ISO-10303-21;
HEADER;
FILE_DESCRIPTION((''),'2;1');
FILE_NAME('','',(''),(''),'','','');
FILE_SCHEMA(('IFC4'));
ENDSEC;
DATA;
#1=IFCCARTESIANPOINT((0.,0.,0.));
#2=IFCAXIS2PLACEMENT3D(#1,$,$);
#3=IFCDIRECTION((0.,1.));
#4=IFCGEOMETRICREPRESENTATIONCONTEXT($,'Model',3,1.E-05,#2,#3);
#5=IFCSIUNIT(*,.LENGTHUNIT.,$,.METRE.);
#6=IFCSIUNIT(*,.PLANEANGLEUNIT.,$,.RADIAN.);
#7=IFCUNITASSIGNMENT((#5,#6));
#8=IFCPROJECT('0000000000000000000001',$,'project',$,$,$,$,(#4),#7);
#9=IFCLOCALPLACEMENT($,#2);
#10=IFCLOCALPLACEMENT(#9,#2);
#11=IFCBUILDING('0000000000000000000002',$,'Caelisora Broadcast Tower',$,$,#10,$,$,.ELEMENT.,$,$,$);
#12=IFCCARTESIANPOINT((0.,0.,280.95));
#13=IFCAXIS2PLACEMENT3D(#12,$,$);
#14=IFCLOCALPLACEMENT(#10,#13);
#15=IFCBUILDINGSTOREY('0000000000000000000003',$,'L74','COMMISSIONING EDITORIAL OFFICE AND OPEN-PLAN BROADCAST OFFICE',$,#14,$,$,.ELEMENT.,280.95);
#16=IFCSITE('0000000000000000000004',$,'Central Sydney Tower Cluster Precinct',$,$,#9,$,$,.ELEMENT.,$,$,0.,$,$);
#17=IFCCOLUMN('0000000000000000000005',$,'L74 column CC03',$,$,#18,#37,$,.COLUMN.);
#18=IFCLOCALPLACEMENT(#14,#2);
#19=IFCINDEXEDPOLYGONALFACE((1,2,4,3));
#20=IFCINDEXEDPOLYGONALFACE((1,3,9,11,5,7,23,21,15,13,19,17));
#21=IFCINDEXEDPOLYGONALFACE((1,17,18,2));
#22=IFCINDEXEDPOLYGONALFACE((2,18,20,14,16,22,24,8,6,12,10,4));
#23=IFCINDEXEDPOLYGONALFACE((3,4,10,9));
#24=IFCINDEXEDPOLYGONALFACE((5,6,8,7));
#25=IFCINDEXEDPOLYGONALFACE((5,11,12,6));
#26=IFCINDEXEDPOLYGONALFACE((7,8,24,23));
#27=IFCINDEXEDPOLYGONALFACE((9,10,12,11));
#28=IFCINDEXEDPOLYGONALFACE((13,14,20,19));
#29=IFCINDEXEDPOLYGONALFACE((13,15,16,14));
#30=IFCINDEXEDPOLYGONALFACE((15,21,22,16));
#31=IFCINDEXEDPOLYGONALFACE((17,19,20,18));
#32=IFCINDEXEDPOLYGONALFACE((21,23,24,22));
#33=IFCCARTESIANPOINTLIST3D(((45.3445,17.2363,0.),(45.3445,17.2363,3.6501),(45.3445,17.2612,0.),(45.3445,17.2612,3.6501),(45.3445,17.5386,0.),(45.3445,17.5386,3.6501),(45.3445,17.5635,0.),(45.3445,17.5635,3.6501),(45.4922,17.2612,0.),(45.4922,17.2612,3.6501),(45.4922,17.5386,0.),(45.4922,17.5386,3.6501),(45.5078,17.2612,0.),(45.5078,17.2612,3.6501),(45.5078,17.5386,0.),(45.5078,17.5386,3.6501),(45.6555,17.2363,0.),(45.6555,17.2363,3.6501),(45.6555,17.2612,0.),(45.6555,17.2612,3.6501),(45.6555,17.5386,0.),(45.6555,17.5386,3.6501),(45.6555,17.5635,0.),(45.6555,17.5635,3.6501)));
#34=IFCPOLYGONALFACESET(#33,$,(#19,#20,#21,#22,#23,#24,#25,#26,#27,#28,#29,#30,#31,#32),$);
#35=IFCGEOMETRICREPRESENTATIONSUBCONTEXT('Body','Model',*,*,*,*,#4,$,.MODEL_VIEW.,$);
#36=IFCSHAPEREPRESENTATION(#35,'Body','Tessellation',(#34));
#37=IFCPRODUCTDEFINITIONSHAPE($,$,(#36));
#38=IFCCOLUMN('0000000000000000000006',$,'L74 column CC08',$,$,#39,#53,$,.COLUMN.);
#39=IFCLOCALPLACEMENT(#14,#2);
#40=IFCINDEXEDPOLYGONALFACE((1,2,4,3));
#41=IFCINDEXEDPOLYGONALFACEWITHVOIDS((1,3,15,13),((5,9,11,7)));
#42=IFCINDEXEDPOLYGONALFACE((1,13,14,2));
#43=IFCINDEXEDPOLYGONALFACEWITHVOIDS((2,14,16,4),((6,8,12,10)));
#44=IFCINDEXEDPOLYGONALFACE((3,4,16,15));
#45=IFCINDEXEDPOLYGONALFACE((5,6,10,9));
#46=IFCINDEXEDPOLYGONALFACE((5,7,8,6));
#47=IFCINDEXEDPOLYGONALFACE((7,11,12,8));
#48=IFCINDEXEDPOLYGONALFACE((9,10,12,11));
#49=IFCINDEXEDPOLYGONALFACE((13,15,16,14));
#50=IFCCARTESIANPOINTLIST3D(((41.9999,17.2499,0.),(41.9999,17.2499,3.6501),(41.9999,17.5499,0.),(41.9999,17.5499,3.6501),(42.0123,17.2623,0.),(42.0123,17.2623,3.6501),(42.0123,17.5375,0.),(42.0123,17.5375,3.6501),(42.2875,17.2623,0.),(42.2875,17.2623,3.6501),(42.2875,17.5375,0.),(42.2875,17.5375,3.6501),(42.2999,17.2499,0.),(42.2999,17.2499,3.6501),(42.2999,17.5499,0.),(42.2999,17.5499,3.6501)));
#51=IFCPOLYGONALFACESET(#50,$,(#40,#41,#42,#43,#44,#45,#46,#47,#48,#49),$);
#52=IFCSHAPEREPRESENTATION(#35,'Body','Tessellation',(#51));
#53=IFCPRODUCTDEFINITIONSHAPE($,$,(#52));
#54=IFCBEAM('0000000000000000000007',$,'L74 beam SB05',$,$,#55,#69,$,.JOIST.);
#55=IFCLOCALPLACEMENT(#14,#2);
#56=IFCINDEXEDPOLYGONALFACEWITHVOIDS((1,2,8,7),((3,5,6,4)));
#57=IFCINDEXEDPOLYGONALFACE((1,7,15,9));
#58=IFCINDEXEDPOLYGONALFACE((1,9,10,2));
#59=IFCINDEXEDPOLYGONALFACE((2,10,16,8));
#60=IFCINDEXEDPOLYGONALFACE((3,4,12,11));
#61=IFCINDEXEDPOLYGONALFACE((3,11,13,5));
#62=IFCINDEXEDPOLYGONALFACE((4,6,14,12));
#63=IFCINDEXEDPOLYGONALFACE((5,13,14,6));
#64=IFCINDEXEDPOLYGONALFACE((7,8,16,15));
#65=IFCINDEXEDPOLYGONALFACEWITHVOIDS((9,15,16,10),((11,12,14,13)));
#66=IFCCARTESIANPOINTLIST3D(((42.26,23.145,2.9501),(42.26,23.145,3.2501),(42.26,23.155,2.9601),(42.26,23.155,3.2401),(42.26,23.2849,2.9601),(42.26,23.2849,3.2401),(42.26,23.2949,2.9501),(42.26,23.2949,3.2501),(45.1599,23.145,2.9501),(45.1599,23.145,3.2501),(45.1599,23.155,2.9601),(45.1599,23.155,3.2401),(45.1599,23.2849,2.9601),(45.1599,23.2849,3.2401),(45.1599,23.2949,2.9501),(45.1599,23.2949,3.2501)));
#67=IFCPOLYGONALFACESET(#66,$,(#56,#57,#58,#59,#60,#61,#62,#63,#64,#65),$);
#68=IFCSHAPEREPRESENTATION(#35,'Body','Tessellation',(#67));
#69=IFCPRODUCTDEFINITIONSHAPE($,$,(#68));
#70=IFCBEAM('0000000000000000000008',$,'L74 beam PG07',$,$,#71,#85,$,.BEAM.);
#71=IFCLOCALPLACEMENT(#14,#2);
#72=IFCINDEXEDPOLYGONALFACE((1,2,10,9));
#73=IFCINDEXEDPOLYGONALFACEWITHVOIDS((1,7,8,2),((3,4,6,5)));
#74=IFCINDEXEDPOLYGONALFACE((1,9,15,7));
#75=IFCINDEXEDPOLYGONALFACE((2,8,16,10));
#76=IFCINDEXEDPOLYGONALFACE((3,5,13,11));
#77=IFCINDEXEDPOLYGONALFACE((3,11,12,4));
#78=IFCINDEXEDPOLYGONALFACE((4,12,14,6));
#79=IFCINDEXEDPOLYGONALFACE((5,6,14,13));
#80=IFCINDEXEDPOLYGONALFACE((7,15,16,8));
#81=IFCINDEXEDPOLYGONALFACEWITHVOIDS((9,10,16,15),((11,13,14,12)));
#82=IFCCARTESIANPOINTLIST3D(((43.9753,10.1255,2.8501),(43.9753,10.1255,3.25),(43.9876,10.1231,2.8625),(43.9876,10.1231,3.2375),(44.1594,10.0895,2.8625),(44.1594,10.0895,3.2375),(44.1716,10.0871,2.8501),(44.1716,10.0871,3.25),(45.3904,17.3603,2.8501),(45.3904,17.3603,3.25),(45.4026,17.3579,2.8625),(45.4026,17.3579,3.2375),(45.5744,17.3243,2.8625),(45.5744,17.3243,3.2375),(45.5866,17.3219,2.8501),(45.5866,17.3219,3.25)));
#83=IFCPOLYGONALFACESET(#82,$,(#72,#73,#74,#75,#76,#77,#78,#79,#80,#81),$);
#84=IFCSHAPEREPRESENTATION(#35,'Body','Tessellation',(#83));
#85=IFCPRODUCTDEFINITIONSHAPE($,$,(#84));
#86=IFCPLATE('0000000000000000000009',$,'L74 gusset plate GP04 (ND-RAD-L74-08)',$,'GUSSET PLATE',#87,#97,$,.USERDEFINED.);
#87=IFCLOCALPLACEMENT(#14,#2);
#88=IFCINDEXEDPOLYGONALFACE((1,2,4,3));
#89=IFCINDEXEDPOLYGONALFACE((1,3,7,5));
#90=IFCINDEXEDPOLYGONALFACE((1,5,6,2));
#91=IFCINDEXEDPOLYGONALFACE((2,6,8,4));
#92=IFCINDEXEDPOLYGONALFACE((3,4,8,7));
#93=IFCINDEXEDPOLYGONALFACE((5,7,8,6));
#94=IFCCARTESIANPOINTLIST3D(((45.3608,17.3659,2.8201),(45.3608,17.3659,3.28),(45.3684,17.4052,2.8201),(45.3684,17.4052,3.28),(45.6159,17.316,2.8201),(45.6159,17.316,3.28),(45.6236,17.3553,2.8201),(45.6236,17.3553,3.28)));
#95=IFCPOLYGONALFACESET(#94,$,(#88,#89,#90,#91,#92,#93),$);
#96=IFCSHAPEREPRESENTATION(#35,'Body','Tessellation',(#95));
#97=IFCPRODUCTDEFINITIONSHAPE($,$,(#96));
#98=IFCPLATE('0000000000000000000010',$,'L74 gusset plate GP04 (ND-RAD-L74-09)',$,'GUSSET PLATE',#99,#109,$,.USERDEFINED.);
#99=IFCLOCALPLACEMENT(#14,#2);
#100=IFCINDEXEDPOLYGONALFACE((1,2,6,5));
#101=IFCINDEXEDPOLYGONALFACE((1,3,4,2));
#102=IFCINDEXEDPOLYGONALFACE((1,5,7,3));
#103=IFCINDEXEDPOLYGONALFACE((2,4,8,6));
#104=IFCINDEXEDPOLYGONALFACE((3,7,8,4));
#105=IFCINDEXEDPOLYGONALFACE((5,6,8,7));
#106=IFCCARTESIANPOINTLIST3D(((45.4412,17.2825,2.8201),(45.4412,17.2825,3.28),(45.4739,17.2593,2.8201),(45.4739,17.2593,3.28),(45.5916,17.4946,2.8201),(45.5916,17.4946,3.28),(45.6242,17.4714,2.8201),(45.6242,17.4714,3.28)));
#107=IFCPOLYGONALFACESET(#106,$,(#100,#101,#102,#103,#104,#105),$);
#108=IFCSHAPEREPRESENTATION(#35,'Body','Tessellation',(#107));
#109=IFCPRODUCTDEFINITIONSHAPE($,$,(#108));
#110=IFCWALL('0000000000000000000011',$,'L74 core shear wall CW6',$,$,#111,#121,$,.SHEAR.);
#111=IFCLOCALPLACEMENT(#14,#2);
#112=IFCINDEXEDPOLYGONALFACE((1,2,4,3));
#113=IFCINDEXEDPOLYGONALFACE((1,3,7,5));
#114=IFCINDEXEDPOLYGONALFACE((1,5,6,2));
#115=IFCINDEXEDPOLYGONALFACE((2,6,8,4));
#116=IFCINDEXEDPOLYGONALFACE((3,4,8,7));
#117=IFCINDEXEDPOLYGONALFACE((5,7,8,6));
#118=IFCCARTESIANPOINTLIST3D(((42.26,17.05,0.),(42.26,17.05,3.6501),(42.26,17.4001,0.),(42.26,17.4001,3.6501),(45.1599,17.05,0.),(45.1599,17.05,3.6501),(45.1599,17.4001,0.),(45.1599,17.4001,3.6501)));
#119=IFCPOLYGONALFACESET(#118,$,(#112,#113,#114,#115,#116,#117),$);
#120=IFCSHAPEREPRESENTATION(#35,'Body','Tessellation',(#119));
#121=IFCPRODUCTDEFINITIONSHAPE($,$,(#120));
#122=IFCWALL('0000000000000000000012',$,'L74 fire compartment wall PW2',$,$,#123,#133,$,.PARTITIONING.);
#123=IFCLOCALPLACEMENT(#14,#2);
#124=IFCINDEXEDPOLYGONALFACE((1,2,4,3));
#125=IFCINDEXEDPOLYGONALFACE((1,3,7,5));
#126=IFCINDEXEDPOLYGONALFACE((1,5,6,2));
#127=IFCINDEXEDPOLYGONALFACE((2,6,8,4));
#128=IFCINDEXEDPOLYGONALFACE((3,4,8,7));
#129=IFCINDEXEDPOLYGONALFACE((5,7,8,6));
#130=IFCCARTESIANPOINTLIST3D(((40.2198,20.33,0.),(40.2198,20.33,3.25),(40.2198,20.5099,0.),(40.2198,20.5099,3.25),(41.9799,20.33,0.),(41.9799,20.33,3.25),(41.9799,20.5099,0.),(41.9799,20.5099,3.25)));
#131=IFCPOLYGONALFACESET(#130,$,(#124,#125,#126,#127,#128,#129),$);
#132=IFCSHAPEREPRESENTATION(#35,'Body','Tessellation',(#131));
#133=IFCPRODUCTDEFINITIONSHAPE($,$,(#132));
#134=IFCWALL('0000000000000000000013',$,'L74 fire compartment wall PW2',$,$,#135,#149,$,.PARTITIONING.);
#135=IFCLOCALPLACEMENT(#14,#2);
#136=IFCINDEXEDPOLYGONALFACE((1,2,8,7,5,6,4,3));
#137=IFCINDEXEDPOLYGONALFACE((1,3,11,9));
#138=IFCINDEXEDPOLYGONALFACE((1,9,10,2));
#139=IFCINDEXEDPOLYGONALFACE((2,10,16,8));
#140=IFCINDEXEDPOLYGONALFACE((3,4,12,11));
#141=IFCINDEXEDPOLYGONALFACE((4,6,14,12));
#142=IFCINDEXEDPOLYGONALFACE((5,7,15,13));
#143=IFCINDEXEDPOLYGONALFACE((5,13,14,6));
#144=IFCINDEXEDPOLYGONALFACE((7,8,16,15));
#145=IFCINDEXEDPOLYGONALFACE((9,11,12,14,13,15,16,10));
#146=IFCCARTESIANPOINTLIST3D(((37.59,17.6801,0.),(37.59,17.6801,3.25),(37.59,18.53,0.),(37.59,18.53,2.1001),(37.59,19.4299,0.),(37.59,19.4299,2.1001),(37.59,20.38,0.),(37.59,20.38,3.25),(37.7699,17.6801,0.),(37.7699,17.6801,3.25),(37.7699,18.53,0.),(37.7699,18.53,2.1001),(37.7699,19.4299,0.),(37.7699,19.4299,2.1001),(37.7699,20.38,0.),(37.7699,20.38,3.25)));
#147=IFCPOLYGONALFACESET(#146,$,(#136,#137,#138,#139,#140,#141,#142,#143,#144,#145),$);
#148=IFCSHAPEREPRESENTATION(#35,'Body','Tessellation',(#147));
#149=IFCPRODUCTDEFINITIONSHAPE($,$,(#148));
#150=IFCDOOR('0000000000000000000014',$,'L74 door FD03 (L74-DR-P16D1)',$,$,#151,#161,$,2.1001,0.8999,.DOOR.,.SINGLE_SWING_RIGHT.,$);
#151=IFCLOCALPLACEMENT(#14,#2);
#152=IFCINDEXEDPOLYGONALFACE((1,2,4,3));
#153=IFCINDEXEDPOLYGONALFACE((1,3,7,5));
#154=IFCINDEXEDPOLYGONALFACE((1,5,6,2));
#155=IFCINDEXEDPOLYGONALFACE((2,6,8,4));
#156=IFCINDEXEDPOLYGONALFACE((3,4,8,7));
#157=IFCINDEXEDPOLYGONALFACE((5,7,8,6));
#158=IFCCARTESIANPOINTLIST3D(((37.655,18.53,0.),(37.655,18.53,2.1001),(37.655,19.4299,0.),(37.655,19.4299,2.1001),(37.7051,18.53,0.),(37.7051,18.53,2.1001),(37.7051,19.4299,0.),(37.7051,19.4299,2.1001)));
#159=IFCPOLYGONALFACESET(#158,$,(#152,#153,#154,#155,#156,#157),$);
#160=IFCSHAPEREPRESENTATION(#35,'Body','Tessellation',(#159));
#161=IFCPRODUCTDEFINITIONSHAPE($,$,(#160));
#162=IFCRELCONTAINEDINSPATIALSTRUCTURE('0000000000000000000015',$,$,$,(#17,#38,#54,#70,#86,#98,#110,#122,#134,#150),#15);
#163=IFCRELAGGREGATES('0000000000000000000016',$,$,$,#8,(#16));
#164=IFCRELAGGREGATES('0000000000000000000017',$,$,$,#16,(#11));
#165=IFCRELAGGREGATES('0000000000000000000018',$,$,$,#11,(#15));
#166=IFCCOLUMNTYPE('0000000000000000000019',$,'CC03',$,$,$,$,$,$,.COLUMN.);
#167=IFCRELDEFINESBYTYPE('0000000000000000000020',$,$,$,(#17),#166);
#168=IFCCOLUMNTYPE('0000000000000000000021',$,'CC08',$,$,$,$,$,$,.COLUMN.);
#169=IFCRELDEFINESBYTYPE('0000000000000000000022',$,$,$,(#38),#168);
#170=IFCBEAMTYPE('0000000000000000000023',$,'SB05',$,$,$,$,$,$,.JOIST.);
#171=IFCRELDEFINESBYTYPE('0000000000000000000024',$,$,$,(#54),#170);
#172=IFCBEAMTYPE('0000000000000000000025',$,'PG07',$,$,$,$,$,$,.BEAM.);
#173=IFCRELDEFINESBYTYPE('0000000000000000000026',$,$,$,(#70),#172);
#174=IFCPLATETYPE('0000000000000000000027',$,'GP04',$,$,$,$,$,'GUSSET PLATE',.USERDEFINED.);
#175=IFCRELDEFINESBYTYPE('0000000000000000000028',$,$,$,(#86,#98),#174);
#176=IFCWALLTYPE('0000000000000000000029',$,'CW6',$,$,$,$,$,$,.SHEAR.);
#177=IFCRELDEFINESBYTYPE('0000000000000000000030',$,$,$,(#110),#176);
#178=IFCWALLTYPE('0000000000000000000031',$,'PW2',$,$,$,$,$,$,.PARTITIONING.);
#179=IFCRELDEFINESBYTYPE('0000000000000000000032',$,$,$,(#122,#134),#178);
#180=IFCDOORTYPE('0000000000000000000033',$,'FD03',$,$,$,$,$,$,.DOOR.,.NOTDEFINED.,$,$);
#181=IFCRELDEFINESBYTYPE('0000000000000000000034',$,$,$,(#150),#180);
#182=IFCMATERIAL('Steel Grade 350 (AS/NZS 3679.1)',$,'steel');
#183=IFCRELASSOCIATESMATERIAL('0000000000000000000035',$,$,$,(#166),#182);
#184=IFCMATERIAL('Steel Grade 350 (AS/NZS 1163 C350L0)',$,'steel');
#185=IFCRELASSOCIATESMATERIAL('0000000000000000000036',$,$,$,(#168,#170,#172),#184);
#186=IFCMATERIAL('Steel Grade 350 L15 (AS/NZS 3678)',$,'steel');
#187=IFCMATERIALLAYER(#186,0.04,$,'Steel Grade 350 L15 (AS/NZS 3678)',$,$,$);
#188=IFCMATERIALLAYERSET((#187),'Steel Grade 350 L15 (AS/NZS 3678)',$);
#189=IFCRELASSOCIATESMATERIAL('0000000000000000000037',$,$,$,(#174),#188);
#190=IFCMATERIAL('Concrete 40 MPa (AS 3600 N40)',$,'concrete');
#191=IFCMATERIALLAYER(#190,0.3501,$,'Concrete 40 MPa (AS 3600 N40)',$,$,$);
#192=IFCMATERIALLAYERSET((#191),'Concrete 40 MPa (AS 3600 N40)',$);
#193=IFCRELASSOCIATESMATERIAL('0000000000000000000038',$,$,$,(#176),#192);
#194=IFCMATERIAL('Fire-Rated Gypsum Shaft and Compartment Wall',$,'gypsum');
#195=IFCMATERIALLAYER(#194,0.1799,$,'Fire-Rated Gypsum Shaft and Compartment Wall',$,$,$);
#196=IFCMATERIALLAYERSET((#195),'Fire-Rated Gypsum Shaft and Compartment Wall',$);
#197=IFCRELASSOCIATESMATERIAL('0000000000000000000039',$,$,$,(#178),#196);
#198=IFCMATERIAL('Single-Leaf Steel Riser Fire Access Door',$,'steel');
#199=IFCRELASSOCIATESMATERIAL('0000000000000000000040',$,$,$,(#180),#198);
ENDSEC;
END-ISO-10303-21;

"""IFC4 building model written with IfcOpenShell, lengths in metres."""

from ifc_helpers import new_model, si_unit, direction, frame, frame_2d, origin, origin_2d, place, context, subcontext, project, spatial, rectangle, hollow_rectangle, i_section, extrude, source, transform, mapped, material, layer, layer_set, material_profile, profile_set, type_object, type_shapes, element, fill, save


model = new_model("IFC4")

# Units and contexts
model_context = context("Model", 3, precision=1e-05, world=origin(), true_north=direction((0.0, 1.0)))
body_context = subcontext(model_context, "Body", "Model", "MODEL_VIEW")
ifc_project = project(units=[si_unit("LENGTHUNIT", "METRE"), si_unit("PLANEANGLEUNIT", "RADIAN")], contexts=[model_context])

# Site, building, storey
site_placement = place(None, origin())
site = spatial("IfcSite", under=ifc_project, at=site_placement, Name="Central Sydney Tower Cluster Precinct", CompositionType="ELEMENT", RefElevation=0.0)
building_placement = place(site_placement, origin())
building = spatial("IfcBuilding", under=site, at=building_placement, Name="Caelisora Broadcast Tower", CompositionType="ELEMENT")
storey_placement = place(building_placement, frame((0.0, 0.0, 280.95)))
storey = spatial("IfcBuildingStorey", under=building, at=storey_placement, Name="L74", Description="COMMISSIONING EDITORIAL OFFICE AND OPEN-PLAN BROADCAST OFFICE", CompositionType="ELEMENT", Elevation=280.95)

# Columns
ifc_material_1 = material(Name="Steel Grade 350 (AS/NZS 3679.1)", Category="steel")
ifc_material_profile_1 = material_profile(ifc_material_1, i_section(OverallWidth=0.311, OverallDepth=0.3271, WebThickness=0.0156, FlangeThickness=0.0249, at=origin_2d()), Name="Steel Grade 350 (AS/NZS 3679.1)")
ifc_profile_set_1 = profile_set([ifc_material_profile_1], Name="Steel Grade 350 (AS/NZS 3679.1)")
column_type_1 = type_object("IfcColumnType", Name="CC03", PredefinedType="COLUMN", material=ifc_profile_set_1)
shared_shape_1 = source(origin(), body_context, "Body", "SweptSolid", [
    extrude(i_section(OverallWidth=0.311, OverallDepth=0.3271, WebThickness=0.0156, FlangeThickness=0.0249, at=origin_2d()), origin(), (0.0, 0.0, 1.0), 3.6501),
])
type_shapes(column_type_1, [shared_shape_1])
column_1_placement = place(storey_placement, frame((45.5, 17.3999, 0.0), z_axis=(0.0, 0.0, 1.0), x_axis=(1.0, 0.0, 0.0)))
element("IfcColumn", 1, at=column_1_placement, inside=storey, type_object=column_type_1, Name="L74 column CC03", PredefinedType="COLUMN", context=body_context, shape_type="MappedRepresentation", body=[
    mapped(shared_shape_1, transform((0.0, 0.0, 0.0), scale=1.0)),
])
ifc_material_2 = material(Name="Steel Grade 350 (AS/NZS 1163 C350L0)", Category="steel")
ifc_material_profile_2 = material_profile(ifc_material_2, hollow_rectangle(XDim=0.3, YDim=0.3, WallThickness=0.0125, at=origin_2d()), Name="Steel Grade 350 (AS/NZS 1163 C350L0)")
ifc_profile_set_2 = profile_set([ifc_material_profile_2], Name="Steel Grade 350 (AS/NZS 1163 C350L0)")
column_type_2 = type_object("IfcColumnType", Name="CC08", PredefinedType="COLUMN", material=ifc_profile_set_2)
shared_shape_2 = source(origin(), body_context, "Body", "SweptSolid", [
    extrude(hollow_rectangle(XDim=0.3, YDim=0.3, WallThickness=0.0125, at=origin_2d()), origin(), (0.0, 0.0, 1.0), 3.6501),
])
type_shapes(column_type_2, [shared_shape_2])
column_2_placement = place(storey_placement, frame((42.1499, 17.3999, 0.0), z_axis=(0.0, 0.0, 1.0), x_axis=(1.0, 0.0, 0.0)))
element("IfcColumn", 2, at=column_2_placement, inside=storey, type_object=column_type_2, Name="L74 column CC08", PredefinedType="COLUMN", context=body_context, shape_type="MappedRepresentation", body=[
    mapped(shared_shape_2, transform((0.0, 0.0, 0.0), scale=1.0)),
])

# Beams
ifc_material_profile_3 = material_profile(ifc_material_2, hollow_rectangle(XDim=0.1499, YDim=0.3, WallThickness=0.01, at=origin_2d()), Name="Steel Grade 350 (AS/NZS 1163 C350L0)")
ifc_profile_set_3 = profile_set([ifc_material_profile_3], Name="Steel Grade 350 (AS/NZS 1163 C350L0)")
beam_type_1 = type_object("IfcBeamType", Name="SB05", PredefinedType="JOIST", material=ifc_profile_set_3)
shared_shape_3 = source(origin(), body_context, "Body", "SweptSolid", [
    extrude(hollow_rectangle(XDim=0.1499, YDim=0.3, WallThickness=0.01, at=origin_2d()), origin(), (0.0, 0.0, 1.0), 2.8999),
])
type_shapes(beam_type_1, [shared_shape_3])
beam_1_placement = place(storey_placement, frame((42.26, 23.22, 3.1001), z_axis=(1.0, 0.0, 0.0), x_axis=(0.0, 1.0, 0.0)))
element("IfcBeam", 3, at=beam_1_placement, inside=storey, type_object=beam_type_1, Name="L74 beam SB05", PredefinedType="JOIST", context=body_context, shape_type="MappedRepresentation", body=[
    mapped(shared_shape_3, transform((0.0, 0.0, 0.0), scale=1.0)),
])
ifc_material_profile_4 = material_profile(ifc_material_2, hollow_rectangle(XDim=0.2, YDim=0.3999, WallThickness=0.0125, at=origin_2d()), Name="Steel Grade 350 (AS/NZS 1163 C350L0)")
ifc_profile_set_4 = profile_set([ifc_material_profile_4], Name="Steel Grade 350 (AS/NZS 1163 C350L0)")
beam_type_2 = type_object("IfcBeamType", Name="PG07", PredefinedType="BEAM", material=ifc_profile_set_4)
shared_shape_4 = source(origin(), body_context, "Body", "SweptSolid", [
    extrude(hollow_rectangle(XDim=0.2, YDim=0.3999, WallThickness=0.0125, at=origin_2d()), origin(), (0.0, 0.0, 1.0), 7.3718),
])
type_shapes(beam_type_2, [shared_shape_4])
beam_2_placement = place(storey_placement, frame((45.4885, 17.3411, 3.05), z_axis=(-0.191955, -0.981404, 0.0), x_axis=(0.981404, -0.191955, 0.0)))
element("IfcBeam", 4, at=beam_2_placement, inside=storey, type_object=beam_type_2, Name="L74 beam PG07", PredefinedType="BEAM", context=body_context, shape_type="MappedRepresentation", body=[
    mapped(shared_shape_4, transform((0.0, 0.0, 0.0), scale=1.0)),
])

# Plates
ifc_material_3 = material(Name="Steel Grade 350 L15 (AS/NZS 3678)", Category="steel")
ifc_layer_1 = layer(ifc_material_3, 0.04, Name="Steel Grade 350 L15 (AS/NZS 3678)")
ifc_layer_set_1 = layer_set([ifc_layer_1], Name="Steel Grade 350 L15 (AS/NZS 3678)")
plate_type = type_object("IfcPlateType", Name="GP04", ElementType="GUSSET PLATE", PredefinedType="USERDEFINED", material=ifc_layer_set_1)
shared_shape_5 = source(origin(), body_context, "Body", "SweptSolid", [
    extrude(rectangle(XDim=0.26, YDim=0.04, at=origin_2d()), origin(), (0.0, 0.0, 1.0), 0.46),
])
type_shapes(plate_type, [shared_shape_5])
for number, where, z_axis, x_axis, name in (
    (5, (45.4922, 17.3606, 2.8201), (0.0, 0.0, 1.0), (0.981393, -0.192008, 0.0), "L74 gusset plate GP04 (ND-RAD-L74-08)"),
    (6, (45.5327, 17.377, 2.8201), (0.0, 0.0, 1.0), (0.578285, 0.815835, 0.0), "L74 gusset plate GP04 (ND-RAD-L74-09)"),
):
    element("IfcPlate", number, at=place(storey_placement, frame(where, z_axis=z_axis, x_axis=x_axis)), inside=storey, type_object=plate_type, Name=name, ObjectType="GUSSET PLATE", PredefinedType="USERDEFINED", context=body_context, shape_type="MappedRepresentation", body=[
        mapped(shared_shape_5, transform((0.0, 0.0, 0.0), scale=1.0)),
    ])

# Walls
ifc_material_4 = material(Name="Concrete 40 MPa (AS 3600 N40)", Category="concrete")
ifc_layer_2 = layer(ifc_material_4, 0.3501, Name="Concrete 40 MPa (AS 3600 N40)")
ifc_layer_set_2 = layer_set([ifc_layer_2], Name="Concrete 40 MPa (AS 3600 N40)")
wall_type_1 = type_object("IfcWallType", Name="CW6", PredefinedType="SHEAR", material=ifc_layer_set_2)
wall_1_placement = place(storey_placement, frame((42.26, 17.2251, 0.0), z_axis=(0.0, 0.0, 1.0), x_axis=(1.0, 0.0, 0.0)))
element("IfcWall", 7, at=wall_1_placement, inside=storey, type_object=wall_type_1, Name="L74 core shear wall CW6", PredefinedType="SHEAR", context=body_context, shape_type="SweptSolid", body=[
    extrude(rectangle(XDim=2.8999, YDim=0.3501, at=frame_2d((1.45, 0.0))), origin(), (0.0, 0.0, 1.0), 3.6501),
])
ifc_material_5 = material(Name="Fire-Rated Gypsum Shaft and Compartment Wall", Category="gypsum")
ifc_layer_3 = layer(ifc_material_5, 0.1799, Name="Fire-Rated Gypsum Shaft and Compartment Wall")
ifc_layer_set_3 = layer_set([ifc_layer_3], Name="Fire-Rated Gypsum Shaft and Compartment Wall")
wall_type_2 = type_object("IfcWallType", Name="PW2", PredefinedType="PARTITIONING", material=ifc_layer_set_3)
wall_2_placement = place(storey_placement, frame((40.22, 20.4199, 0.0), z_axis=(0.0, 0.0, 1.0), x_axis=(1.0, 0.0, 0.0)))
element("IfcWall", 8, at=wall_2_placement, inside=storey, type_object=wall_type_2, Name="L74 fire compartment wall PW2", PredefinedType="PARTITIONING", context=body_context, shape_type="SweptSolid", body=[
    extrude(rectangle(XDim=1.76, YDim=0.1799, at=frame_2d((0.8799, 0.0))), origin(), (0.0, 0.0, 1.0), 3.25),
])

# Wall, opening, door
wall_3_placement = place(storey_placement, frame((37.6799, 17.6799, 0.0), z_axis=(0.0, 0.0, 1.0), x_axis=(0.0, 1.0, 0.0)))
wall_3 = element("IfcWall", 9, at=wall_3_placement, inside=storey, type_object=wall_type_2, Name="L74 fire compartment wall PW2", PredefinedType="PARTITIONING", context=body_context, shape_type="SweptSolid", body=[
    extrude(rectangle(XDim=2.7, YDim=0.1799, at=frame_2d((1.3501, 0.0))), origin(), (0.0, 0.0, 1.0), 3.25),
])
opening_1_placement = place(wall_3_placement, frame((0.8501, 0.0, 0.0)))
opening_1 = element("IfcOpeningElement", 10, at=opening_1_placement, cuts=wall_3, PredefinedType="OPENING", context=body_context, shape_type="SweptSolid", body=[
    extrude(rectangle(XDim=0.8999, YDim=2.1001, at=frame_2d((0.45, 1.05))), frame((0.0, 0.1021, 0.0), z_axis=(0.0, -1.0, 0.0), x_axis=(1.0, 0.0, 0.0)), (0.0, 0.0, 1.0), 0.2039),
])
ifc_material_6 = material(Name="Single-Leaf Steel Riser Fire Access Door", Category="steel")
door_type = type_object("IfcDoorType", Name="FD03", OperationType="NOTDEFINED", PredefinedType="DOOR", material=ifc_material_6)
door_1_placement = place(opening_1_placement, origin())
door_1 = element("IfcDoor", 11, at=door_1_placement, inside=storey, type_object=door_type, Name="L74 door FD03 (L74-DR-P16D1)", OperationType="SINGLE_SWING_RIGHT", OverallHeight=2.1001, OverallWidth=0.8999, PredefinedType="DOOR", context=body_context, shape_type="SweptSolid", body=[
    extrude(rectangle(XDim=0.8999, YDim=2.1001, at=frame_2d((0.45, 1.05))), frame((0.0, 0.0249, 0.0), z_axis=(0.0, -1.0, 0.0), x_axis=(1.0, 0.0, 0.0)), (0.0, 0.0, 1.0), 0.05),
])
fill(opening_1, door_1)

save(model, "model.ifc")
